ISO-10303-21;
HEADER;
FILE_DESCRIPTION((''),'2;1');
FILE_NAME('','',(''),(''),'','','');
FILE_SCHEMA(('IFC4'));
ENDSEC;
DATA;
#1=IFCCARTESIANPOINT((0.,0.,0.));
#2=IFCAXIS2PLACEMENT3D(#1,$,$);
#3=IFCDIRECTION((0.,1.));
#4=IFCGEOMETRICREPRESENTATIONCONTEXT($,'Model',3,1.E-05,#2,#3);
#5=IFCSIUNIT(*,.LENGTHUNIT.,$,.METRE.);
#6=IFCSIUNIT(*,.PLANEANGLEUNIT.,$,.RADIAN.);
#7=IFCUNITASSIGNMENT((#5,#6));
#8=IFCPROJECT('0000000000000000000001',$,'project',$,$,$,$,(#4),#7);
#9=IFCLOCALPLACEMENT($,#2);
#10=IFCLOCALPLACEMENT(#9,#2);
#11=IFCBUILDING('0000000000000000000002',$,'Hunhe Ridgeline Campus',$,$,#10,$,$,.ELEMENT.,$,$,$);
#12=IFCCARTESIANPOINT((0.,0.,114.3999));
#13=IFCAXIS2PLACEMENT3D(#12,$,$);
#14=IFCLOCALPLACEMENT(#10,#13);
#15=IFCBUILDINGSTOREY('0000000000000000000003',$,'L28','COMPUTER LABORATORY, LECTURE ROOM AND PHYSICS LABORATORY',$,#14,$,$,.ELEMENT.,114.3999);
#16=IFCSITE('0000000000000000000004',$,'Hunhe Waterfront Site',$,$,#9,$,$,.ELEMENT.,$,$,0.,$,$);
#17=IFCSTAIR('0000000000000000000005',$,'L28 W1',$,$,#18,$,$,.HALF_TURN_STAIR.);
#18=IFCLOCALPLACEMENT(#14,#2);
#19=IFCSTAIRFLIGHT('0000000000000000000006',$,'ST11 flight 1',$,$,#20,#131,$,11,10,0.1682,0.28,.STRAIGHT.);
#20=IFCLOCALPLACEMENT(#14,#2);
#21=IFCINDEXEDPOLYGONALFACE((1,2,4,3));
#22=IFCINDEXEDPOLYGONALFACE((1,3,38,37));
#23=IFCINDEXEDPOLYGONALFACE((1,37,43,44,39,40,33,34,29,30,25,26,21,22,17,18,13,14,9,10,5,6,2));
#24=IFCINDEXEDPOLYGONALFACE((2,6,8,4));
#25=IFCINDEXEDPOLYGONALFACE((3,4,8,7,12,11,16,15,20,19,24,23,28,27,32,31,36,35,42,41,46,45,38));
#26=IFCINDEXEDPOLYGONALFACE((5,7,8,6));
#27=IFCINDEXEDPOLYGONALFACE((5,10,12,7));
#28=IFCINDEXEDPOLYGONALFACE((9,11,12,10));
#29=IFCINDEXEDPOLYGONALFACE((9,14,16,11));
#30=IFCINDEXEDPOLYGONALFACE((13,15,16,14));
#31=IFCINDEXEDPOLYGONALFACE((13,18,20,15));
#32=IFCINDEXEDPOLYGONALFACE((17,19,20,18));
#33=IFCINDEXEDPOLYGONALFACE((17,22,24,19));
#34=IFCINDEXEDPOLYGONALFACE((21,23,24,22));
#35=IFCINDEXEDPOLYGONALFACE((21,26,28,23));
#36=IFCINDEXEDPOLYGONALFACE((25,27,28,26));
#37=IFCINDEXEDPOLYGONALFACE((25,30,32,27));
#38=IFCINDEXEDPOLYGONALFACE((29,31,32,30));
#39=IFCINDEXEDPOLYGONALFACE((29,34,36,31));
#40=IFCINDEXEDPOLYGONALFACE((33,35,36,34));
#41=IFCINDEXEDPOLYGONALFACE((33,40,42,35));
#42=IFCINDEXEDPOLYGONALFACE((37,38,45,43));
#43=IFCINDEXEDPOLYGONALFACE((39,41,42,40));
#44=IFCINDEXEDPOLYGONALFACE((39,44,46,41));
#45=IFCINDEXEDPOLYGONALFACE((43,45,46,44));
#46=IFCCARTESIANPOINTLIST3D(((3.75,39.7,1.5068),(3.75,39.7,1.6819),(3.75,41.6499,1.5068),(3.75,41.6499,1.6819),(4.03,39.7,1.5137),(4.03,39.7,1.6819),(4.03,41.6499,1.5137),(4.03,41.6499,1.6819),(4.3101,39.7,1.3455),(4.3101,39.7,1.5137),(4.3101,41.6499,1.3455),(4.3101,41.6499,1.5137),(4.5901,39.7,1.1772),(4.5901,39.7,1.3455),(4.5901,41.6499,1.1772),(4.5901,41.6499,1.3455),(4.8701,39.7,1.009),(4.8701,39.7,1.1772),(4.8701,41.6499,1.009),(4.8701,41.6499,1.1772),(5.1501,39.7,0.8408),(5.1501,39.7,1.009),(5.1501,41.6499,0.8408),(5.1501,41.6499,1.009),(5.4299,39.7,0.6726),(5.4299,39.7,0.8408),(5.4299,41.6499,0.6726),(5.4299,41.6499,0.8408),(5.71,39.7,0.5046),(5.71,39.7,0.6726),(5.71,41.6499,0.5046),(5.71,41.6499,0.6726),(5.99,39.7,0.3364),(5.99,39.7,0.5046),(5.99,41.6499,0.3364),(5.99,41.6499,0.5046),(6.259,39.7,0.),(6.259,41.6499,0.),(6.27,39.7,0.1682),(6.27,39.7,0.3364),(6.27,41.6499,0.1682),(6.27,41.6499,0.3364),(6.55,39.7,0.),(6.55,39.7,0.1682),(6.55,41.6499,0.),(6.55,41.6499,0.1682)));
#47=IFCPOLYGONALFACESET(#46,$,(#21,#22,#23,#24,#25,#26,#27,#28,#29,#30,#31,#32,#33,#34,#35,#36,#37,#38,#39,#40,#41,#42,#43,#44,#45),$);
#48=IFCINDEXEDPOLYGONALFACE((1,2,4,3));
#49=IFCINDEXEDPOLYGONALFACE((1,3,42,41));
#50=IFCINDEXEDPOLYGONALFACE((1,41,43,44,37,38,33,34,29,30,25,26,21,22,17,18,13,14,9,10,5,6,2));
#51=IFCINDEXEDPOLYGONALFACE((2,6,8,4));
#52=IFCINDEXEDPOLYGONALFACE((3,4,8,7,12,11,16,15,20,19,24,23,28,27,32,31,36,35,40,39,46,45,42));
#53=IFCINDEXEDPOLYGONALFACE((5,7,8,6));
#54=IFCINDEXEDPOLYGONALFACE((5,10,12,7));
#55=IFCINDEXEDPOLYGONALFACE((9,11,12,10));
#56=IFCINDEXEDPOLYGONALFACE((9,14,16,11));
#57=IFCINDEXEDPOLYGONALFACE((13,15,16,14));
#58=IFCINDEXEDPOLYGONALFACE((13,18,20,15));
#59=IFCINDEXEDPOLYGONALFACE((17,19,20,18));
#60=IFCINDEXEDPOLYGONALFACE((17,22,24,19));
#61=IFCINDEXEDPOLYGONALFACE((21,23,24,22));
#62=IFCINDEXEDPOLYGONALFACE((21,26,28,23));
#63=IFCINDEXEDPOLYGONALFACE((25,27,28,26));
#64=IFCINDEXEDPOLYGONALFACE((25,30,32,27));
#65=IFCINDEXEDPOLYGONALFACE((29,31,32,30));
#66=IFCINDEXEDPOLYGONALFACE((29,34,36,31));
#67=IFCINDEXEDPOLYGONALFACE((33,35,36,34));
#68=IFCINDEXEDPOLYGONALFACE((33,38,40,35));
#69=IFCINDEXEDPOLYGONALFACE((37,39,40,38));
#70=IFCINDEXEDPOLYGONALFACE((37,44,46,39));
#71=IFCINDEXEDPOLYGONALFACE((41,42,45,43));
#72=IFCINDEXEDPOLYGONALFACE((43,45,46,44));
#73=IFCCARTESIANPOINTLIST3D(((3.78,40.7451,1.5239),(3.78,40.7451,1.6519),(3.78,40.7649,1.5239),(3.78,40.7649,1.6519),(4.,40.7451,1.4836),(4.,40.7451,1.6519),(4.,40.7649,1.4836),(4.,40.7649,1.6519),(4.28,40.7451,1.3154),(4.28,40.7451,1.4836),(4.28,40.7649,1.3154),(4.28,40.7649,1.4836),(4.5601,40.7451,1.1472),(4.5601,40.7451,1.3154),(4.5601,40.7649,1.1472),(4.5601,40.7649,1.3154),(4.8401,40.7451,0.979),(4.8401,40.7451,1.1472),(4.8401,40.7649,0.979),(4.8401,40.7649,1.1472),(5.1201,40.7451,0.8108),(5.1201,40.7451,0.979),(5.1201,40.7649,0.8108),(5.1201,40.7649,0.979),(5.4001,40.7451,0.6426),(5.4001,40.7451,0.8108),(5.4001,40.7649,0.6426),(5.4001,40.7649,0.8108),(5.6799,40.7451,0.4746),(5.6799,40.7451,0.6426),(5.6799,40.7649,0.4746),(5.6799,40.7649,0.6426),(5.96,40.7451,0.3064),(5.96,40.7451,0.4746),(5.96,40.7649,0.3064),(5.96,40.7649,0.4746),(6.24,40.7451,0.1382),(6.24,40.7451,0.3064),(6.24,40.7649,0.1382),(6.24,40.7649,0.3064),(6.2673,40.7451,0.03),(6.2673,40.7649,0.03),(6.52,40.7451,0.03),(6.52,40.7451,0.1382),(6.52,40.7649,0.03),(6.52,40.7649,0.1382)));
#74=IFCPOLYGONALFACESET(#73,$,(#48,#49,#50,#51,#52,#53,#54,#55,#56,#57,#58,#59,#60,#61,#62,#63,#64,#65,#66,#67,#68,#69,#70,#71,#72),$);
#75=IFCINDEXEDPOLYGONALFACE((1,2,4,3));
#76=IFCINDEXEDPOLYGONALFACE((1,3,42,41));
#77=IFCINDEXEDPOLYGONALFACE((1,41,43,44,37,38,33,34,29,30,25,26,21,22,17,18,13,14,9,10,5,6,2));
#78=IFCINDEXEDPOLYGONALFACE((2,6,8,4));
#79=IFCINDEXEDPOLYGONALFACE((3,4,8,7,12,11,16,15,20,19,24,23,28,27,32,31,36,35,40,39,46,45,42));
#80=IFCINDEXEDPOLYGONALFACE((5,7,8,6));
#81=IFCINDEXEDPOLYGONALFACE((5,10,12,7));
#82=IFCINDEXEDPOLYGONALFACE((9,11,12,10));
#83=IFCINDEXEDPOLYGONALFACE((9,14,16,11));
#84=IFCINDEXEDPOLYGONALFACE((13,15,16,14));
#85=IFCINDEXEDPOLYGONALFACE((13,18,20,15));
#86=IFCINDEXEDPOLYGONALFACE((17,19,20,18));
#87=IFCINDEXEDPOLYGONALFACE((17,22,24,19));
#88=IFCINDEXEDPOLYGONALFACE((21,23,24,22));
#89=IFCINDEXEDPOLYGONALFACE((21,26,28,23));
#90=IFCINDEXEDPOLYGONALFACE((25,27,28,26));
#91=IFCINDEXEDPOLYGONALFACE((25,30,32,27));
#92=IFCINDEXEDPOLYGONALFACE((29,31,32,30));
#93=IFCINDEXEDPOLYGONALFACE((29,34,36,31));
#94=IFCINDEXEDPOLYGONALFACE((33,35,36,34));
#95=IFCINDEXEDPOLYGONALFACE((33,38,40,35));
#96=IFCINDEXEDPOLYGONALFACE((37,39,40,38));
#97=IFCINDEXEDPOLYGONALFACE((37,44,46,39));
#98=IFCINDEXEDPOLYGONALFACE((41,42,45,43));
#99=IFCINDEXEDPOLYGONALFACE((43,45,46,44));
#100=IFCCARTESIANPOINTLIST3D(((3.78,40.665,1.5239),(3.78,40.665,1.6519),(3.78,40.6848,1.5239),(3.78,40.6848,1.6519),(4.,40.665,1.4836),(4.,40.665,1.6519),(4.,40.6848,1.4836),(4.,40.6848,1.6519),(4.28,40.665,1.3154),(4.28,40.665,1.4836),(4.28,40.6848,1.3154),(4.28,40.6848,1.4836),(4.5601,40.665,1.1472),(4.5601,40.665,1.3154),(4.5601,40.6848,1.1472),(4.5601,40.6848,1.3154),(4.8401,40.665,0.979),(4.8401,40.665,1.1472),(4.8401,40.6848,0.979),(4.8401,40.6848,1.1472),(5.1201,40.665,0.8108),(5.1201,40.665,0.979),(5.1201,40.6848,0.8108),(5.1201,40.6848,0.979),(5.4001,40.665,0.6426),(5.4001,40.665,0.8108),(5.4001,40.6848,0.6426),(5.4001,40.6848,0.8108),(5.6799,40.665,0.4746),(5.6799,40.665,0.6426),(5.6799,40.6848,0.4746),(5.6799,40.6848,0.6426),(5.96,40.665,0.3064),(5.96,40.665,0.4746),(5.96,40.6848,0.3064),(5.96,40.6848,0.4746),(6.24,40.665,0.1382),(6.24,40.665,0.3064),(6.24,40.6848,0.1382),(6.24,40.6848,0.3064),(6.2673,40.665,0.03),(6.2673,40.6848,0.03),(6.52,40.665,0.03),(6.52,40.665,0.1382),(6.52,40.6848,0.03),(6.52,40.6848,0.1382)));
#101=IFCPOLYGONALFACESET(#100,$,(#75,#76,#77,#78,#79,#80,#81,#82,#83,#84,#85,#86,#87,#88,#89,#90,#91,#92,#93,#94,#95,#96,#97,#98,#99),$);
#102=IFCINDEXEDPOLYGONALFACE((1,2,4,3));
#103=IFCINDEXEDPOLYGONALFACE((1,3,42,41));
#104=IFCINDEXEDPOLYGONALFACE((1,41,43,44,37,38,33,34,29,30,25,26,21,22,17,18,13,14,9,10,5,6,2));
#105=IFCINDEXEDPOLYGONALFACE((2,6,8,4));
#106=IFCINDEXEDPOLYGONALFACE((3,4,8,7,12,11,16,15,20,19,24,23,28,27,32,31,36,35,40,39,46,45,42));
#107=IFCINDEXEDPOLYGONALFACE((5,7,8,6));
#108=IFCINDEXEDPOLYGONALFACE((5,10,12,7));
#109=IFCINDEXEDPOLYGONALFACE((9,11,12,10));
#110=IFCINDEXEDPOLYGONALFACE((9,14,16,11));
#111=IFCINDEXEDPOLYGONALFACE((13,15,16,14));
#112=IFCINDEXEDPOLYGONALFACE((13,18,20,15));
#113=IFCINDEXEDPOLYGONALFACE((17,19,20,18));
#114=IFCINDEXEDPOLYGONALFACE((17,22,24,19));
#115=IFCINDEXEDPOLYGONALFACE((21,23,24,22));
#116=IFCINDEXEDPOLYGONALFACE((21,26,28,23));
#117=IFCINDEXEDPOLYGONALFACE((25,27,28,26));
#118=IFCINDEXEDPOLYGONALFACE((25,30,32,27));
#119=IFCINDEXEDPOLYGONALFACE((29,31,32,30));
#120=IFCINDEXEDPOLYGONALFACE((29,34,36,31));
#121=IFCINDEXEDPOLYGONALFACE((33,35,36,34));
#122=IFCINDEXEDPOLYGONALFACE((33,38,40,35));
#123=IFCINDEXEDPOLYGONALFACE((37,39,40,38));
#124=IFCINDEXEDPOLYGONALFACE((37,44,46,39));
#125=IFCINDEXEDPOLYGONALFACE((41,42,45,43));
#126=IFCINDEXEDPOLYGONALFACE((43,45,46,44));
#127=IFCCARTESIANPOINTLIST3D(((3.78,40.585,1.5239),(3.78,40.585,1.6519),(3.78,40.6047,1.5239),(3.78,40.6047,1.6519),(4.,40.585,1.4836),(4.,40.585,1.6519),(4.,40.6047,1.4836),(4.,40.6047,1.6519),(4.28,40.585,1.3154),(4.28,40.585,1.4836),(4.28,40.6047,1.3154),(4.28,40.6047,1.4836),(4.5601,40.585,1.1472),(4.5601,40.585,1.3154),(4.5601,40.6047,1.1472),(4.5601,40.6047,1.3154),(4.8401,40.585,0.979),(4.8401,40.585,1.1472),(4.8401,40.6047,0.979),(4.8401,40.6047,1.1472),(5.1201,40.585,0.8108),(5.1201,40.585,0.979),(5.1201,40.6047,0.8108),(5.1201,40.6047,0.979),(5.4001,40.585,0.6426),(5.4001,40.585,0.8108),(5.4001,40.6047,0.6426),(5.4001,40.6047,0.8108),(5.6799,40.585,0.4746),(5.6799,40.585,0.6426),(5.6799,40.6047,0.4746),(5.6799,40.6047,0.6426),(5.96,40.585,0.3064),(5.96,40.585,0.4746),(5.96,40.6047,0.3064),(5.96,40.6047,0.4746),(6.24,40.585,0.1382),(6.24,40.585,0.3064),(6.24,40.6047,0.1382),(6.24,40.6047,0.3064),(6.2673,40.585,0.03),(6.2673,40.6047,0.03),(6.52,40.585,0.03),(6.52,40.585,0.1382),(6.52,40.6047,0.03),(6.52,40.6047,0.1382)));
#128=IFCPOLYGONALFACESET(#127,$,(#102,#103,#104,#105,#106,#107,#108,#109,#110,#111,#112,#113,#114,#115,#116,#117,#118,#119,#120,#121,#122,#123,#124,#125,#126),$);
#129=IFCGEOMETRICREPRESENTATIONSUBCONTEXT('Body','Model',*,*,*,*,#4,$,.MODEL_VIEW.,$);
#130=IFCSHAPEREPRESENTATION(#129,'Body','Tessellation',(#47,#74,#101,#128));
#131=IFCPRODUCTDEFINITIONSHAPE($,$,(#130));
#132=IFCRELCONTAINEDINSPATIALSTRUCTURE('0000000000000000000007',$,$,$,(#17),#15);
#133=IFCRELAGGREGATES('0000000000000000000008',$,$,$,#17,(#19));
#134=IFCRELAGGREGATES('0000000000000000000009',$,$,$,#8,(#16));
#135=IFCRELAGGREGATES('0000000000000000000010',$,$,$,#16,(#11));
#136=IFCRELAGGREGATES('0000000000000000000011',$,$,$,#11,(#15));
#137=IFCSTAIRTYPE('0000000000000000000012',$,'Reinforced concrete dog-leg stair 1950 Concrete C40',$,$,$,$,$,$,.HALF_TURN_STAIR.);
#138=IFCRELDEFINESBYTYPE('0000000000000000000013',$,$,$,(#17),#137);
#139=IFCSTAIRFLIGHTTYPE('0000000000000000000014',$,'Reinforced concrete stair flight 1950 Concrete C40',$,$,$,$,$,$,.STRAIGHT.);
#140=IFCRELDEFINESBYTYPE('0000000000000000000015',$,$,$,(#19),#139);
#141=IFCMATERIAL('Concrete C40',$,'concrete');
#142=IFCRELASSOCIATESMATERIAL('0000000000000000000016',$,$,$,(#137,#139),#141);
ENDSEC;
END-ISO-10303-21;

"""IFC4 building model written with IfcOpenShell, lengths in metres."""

from ifc_helpers import new_model, si_unit, direction, frame, origin, place, context, subcontext, project, spatial, polyline, outline, extrude, material, type_object, element, aggregate, save


model = new_model("IFC4")

# Units and contexts
model_context = context("Model", 3, precision=1e-05, world=origin(), true_north=direction((0.0, 1.0)))
body_context = subcontext(model_context, "Body", "Model", "MODEL_VIEW")
ifc_project = project(units=[si_unit("LENGTHUNIT", "METRE"), si_unit("PLANEANGLEUNIT", "RADIAN")], contexts=[model_context])

# Site, building, storey
site_placement = place(None, origin())
site = spatial("IfcSite", under=ifc_project, at=site_placement, Name="Hunhe Waterfront Site", CompositionType="ELEMENT", RefElevation=0.0)
building_placement = place(site_placement, origin())
building = spatial("IfcBuilding", under=site, at=building_placement, Name="Hunhe Ridgeline Campus", CompositionType="ELEMENT")
storey_placement = place(building_placement, frame((0.0, 0.0, 114.3999)))
storey = spatial("IfcBuildingStorey", under=building, at=storey_placement, Name="L28", Description="COMPUTER LABORATORY, LECTURE ROOM AND PHYSICS LABORATORY", CompositionType="ELEMENT", Elevation=114.3999)

# Shared definitions
ifc_material_1 = material(Name="Concrete C40", Category="concrete")
stair_type = type_object("IfcStairType", Name="Reinforced concrete dog-leg stair 1950 Concrete C40", PredefinedType="HALF_TURN_STAIR", material=ifc_material_1)
stair_flight_type = type_object("IfcStairFlightType", Name="Reinforced concrete stair flight 1950 Concrete C40", PredefinedType="STRAIGHT", material=ifc_material_1)

# Stair, stair flight
stair_1_placement = place(storey_placement, origin())
stair_1 = element("IfcStair", 1, at=stair_1_placement, inside=storey, type_object=stair_type, Name="L28 W1", PredefinedType="HALF_TURN_STAIR")
stair_flight_1_placement = place(storey_placement, frame((6.55, 40.675, 0.0), z_axis=(0.0, 0.0, 1.0), x_axis=(-1.0, 0.0, 0.0)))
stair_flight_1 = element("IfcStairFlight", 2, at=stair_flight_1_placement, type_object=stair_flight_type, Name="ST11 flight 1", NumberOfRisers=11, NumberOfTreads=10, PredefinedType="STRAIGHT", RiserHeight=0.1682, TreadLength=0.28, context=body_context, shape_type="SweptSolid", body=[
    extrude(outline(polyline([(0.0, 0.0), (0.0, 0.1682), (0.28, 0.1682), (0.28, 0.3364), (0.5601, 0.3364), (0.5601, 0.5046), (0.8401, 0.5046), (0.8401, 0.6726), (1.1201, 0.6726), (1.1201, 0.8408), (1.3999, 0.8408), (1.3999, 1.009), (1.6799, 1.009), (1.6799, 1.1772), (1.96, 1.1772), (1.96, 1.3455), (2.24, 1.3455), (2.24, 1.5137), (2.52, 1.5137), (2.52, 1.6819), (2.8, 1.6819), (2.8, 1.8501), (2.8, 1.5068), (0.291, 0.0), (0.0, 0.0)])), frame((0.0, 0.9751, 0.0), z_axis=(0.0, -1.0, 0.0), x_axis=(1.0, 0.0, 0.0)), (0.0, 0.0, 1.0), 1.95),
    extrude(outline(polyline([(0.03, 0.03), (0.03, 0.1382), (0.3101, 0.1382), (0.3101, 0.3064), (0.5901, 0.3064), (0.5901, 0.4746), (0.8701, 0.4746), (0.8701, 0.6426), (1.1499, 0.6426), (1.1499, 0.8108), (1.4299, 0.8108), (1.4299, 0.979), (1.71, 0.979), (1.71, 1.1472), (1.99, 1.1472), (1.99, 1.3154), (2.27, 1.3154), (2.27, 1.4836), (2.55, 1.4836), (2.55, 1.6519), (2.77, 1.6519), (2.77, 1.5239), (0.2827, 0.03), (0.03, 0.03)])), frame((0.0, -0.0701, 0.0), z_axis=(0.0, -1.0, 0.0), x_axis=(1.0, 0.0, 0.0)), (0.0, 0.0, 1.0), 0.0198),
    extrude(outline(polyline([(0.03, 0.03), (0.03, 0.1382), (0.3101, 0.1382), (0.3101, 0.3064), (0.5901, 0.3064), (0.5901, 0.4746), (0.8701, 0.4746), (0.8701, 0.6426), (1.1499, 0.6426), (1.1499, 0.8108), (1.4299, 0.8108), (1.4299, 0.979), (1.71, 0.979), (1.71, 1.1472), (1.99, 1.1472), (1.99, 1.3154), (2.27, 1.3154), (2.27, 1.4836), (2.55, 1.4836), (2.55, 1.6519), (2.77, 1.6519), (2.77, 1.5239), (0.2827, 0.03), (0.03, 0.03)])), frame((0.0, 0.01, 0.0), z_axis=(0.0, -1.0, 0.0), x_axis=(1.0, 0.0, 0.0)), (0.0, 0.0, 1.0), 0.0198),
    extrude(outline(polyline([(0.03, 0.03), (0.03, 0.1382), (0.3101, 0.1382), (0.3101, 0.3064), (0.5901, 0.3064), (0.5901, 0.4746), (0.8701, 0.4746), (0.8701, 0.6426), (1.1499, 0.6426), (1.1499, 0.8108), (1.4299, 0.8108), (1.4299, 0.979), (1.71, 0.979), (1.71, 1.1472), (1.99, 1.1472), (1.99, 1.3154), (2.27, 1.3154), (2.27, 1.4836), (2.55, 1.4836), (2.55, 1.6519), (2.77, 1.6519), (2.77, 1.5239), (0.2827, 0.03), (0.03, 0.03)])), frame((0.0, 0.0901, 0.0), z_axis=(0.0, -1.0, 0.0), x_axis=(1.0, 0.0, 0.0)), (0.0, 0.0, 1.0), 0.0198),
])
aggregate(stair_1, [stair_flight_1])

save(model, "model.ifc")
